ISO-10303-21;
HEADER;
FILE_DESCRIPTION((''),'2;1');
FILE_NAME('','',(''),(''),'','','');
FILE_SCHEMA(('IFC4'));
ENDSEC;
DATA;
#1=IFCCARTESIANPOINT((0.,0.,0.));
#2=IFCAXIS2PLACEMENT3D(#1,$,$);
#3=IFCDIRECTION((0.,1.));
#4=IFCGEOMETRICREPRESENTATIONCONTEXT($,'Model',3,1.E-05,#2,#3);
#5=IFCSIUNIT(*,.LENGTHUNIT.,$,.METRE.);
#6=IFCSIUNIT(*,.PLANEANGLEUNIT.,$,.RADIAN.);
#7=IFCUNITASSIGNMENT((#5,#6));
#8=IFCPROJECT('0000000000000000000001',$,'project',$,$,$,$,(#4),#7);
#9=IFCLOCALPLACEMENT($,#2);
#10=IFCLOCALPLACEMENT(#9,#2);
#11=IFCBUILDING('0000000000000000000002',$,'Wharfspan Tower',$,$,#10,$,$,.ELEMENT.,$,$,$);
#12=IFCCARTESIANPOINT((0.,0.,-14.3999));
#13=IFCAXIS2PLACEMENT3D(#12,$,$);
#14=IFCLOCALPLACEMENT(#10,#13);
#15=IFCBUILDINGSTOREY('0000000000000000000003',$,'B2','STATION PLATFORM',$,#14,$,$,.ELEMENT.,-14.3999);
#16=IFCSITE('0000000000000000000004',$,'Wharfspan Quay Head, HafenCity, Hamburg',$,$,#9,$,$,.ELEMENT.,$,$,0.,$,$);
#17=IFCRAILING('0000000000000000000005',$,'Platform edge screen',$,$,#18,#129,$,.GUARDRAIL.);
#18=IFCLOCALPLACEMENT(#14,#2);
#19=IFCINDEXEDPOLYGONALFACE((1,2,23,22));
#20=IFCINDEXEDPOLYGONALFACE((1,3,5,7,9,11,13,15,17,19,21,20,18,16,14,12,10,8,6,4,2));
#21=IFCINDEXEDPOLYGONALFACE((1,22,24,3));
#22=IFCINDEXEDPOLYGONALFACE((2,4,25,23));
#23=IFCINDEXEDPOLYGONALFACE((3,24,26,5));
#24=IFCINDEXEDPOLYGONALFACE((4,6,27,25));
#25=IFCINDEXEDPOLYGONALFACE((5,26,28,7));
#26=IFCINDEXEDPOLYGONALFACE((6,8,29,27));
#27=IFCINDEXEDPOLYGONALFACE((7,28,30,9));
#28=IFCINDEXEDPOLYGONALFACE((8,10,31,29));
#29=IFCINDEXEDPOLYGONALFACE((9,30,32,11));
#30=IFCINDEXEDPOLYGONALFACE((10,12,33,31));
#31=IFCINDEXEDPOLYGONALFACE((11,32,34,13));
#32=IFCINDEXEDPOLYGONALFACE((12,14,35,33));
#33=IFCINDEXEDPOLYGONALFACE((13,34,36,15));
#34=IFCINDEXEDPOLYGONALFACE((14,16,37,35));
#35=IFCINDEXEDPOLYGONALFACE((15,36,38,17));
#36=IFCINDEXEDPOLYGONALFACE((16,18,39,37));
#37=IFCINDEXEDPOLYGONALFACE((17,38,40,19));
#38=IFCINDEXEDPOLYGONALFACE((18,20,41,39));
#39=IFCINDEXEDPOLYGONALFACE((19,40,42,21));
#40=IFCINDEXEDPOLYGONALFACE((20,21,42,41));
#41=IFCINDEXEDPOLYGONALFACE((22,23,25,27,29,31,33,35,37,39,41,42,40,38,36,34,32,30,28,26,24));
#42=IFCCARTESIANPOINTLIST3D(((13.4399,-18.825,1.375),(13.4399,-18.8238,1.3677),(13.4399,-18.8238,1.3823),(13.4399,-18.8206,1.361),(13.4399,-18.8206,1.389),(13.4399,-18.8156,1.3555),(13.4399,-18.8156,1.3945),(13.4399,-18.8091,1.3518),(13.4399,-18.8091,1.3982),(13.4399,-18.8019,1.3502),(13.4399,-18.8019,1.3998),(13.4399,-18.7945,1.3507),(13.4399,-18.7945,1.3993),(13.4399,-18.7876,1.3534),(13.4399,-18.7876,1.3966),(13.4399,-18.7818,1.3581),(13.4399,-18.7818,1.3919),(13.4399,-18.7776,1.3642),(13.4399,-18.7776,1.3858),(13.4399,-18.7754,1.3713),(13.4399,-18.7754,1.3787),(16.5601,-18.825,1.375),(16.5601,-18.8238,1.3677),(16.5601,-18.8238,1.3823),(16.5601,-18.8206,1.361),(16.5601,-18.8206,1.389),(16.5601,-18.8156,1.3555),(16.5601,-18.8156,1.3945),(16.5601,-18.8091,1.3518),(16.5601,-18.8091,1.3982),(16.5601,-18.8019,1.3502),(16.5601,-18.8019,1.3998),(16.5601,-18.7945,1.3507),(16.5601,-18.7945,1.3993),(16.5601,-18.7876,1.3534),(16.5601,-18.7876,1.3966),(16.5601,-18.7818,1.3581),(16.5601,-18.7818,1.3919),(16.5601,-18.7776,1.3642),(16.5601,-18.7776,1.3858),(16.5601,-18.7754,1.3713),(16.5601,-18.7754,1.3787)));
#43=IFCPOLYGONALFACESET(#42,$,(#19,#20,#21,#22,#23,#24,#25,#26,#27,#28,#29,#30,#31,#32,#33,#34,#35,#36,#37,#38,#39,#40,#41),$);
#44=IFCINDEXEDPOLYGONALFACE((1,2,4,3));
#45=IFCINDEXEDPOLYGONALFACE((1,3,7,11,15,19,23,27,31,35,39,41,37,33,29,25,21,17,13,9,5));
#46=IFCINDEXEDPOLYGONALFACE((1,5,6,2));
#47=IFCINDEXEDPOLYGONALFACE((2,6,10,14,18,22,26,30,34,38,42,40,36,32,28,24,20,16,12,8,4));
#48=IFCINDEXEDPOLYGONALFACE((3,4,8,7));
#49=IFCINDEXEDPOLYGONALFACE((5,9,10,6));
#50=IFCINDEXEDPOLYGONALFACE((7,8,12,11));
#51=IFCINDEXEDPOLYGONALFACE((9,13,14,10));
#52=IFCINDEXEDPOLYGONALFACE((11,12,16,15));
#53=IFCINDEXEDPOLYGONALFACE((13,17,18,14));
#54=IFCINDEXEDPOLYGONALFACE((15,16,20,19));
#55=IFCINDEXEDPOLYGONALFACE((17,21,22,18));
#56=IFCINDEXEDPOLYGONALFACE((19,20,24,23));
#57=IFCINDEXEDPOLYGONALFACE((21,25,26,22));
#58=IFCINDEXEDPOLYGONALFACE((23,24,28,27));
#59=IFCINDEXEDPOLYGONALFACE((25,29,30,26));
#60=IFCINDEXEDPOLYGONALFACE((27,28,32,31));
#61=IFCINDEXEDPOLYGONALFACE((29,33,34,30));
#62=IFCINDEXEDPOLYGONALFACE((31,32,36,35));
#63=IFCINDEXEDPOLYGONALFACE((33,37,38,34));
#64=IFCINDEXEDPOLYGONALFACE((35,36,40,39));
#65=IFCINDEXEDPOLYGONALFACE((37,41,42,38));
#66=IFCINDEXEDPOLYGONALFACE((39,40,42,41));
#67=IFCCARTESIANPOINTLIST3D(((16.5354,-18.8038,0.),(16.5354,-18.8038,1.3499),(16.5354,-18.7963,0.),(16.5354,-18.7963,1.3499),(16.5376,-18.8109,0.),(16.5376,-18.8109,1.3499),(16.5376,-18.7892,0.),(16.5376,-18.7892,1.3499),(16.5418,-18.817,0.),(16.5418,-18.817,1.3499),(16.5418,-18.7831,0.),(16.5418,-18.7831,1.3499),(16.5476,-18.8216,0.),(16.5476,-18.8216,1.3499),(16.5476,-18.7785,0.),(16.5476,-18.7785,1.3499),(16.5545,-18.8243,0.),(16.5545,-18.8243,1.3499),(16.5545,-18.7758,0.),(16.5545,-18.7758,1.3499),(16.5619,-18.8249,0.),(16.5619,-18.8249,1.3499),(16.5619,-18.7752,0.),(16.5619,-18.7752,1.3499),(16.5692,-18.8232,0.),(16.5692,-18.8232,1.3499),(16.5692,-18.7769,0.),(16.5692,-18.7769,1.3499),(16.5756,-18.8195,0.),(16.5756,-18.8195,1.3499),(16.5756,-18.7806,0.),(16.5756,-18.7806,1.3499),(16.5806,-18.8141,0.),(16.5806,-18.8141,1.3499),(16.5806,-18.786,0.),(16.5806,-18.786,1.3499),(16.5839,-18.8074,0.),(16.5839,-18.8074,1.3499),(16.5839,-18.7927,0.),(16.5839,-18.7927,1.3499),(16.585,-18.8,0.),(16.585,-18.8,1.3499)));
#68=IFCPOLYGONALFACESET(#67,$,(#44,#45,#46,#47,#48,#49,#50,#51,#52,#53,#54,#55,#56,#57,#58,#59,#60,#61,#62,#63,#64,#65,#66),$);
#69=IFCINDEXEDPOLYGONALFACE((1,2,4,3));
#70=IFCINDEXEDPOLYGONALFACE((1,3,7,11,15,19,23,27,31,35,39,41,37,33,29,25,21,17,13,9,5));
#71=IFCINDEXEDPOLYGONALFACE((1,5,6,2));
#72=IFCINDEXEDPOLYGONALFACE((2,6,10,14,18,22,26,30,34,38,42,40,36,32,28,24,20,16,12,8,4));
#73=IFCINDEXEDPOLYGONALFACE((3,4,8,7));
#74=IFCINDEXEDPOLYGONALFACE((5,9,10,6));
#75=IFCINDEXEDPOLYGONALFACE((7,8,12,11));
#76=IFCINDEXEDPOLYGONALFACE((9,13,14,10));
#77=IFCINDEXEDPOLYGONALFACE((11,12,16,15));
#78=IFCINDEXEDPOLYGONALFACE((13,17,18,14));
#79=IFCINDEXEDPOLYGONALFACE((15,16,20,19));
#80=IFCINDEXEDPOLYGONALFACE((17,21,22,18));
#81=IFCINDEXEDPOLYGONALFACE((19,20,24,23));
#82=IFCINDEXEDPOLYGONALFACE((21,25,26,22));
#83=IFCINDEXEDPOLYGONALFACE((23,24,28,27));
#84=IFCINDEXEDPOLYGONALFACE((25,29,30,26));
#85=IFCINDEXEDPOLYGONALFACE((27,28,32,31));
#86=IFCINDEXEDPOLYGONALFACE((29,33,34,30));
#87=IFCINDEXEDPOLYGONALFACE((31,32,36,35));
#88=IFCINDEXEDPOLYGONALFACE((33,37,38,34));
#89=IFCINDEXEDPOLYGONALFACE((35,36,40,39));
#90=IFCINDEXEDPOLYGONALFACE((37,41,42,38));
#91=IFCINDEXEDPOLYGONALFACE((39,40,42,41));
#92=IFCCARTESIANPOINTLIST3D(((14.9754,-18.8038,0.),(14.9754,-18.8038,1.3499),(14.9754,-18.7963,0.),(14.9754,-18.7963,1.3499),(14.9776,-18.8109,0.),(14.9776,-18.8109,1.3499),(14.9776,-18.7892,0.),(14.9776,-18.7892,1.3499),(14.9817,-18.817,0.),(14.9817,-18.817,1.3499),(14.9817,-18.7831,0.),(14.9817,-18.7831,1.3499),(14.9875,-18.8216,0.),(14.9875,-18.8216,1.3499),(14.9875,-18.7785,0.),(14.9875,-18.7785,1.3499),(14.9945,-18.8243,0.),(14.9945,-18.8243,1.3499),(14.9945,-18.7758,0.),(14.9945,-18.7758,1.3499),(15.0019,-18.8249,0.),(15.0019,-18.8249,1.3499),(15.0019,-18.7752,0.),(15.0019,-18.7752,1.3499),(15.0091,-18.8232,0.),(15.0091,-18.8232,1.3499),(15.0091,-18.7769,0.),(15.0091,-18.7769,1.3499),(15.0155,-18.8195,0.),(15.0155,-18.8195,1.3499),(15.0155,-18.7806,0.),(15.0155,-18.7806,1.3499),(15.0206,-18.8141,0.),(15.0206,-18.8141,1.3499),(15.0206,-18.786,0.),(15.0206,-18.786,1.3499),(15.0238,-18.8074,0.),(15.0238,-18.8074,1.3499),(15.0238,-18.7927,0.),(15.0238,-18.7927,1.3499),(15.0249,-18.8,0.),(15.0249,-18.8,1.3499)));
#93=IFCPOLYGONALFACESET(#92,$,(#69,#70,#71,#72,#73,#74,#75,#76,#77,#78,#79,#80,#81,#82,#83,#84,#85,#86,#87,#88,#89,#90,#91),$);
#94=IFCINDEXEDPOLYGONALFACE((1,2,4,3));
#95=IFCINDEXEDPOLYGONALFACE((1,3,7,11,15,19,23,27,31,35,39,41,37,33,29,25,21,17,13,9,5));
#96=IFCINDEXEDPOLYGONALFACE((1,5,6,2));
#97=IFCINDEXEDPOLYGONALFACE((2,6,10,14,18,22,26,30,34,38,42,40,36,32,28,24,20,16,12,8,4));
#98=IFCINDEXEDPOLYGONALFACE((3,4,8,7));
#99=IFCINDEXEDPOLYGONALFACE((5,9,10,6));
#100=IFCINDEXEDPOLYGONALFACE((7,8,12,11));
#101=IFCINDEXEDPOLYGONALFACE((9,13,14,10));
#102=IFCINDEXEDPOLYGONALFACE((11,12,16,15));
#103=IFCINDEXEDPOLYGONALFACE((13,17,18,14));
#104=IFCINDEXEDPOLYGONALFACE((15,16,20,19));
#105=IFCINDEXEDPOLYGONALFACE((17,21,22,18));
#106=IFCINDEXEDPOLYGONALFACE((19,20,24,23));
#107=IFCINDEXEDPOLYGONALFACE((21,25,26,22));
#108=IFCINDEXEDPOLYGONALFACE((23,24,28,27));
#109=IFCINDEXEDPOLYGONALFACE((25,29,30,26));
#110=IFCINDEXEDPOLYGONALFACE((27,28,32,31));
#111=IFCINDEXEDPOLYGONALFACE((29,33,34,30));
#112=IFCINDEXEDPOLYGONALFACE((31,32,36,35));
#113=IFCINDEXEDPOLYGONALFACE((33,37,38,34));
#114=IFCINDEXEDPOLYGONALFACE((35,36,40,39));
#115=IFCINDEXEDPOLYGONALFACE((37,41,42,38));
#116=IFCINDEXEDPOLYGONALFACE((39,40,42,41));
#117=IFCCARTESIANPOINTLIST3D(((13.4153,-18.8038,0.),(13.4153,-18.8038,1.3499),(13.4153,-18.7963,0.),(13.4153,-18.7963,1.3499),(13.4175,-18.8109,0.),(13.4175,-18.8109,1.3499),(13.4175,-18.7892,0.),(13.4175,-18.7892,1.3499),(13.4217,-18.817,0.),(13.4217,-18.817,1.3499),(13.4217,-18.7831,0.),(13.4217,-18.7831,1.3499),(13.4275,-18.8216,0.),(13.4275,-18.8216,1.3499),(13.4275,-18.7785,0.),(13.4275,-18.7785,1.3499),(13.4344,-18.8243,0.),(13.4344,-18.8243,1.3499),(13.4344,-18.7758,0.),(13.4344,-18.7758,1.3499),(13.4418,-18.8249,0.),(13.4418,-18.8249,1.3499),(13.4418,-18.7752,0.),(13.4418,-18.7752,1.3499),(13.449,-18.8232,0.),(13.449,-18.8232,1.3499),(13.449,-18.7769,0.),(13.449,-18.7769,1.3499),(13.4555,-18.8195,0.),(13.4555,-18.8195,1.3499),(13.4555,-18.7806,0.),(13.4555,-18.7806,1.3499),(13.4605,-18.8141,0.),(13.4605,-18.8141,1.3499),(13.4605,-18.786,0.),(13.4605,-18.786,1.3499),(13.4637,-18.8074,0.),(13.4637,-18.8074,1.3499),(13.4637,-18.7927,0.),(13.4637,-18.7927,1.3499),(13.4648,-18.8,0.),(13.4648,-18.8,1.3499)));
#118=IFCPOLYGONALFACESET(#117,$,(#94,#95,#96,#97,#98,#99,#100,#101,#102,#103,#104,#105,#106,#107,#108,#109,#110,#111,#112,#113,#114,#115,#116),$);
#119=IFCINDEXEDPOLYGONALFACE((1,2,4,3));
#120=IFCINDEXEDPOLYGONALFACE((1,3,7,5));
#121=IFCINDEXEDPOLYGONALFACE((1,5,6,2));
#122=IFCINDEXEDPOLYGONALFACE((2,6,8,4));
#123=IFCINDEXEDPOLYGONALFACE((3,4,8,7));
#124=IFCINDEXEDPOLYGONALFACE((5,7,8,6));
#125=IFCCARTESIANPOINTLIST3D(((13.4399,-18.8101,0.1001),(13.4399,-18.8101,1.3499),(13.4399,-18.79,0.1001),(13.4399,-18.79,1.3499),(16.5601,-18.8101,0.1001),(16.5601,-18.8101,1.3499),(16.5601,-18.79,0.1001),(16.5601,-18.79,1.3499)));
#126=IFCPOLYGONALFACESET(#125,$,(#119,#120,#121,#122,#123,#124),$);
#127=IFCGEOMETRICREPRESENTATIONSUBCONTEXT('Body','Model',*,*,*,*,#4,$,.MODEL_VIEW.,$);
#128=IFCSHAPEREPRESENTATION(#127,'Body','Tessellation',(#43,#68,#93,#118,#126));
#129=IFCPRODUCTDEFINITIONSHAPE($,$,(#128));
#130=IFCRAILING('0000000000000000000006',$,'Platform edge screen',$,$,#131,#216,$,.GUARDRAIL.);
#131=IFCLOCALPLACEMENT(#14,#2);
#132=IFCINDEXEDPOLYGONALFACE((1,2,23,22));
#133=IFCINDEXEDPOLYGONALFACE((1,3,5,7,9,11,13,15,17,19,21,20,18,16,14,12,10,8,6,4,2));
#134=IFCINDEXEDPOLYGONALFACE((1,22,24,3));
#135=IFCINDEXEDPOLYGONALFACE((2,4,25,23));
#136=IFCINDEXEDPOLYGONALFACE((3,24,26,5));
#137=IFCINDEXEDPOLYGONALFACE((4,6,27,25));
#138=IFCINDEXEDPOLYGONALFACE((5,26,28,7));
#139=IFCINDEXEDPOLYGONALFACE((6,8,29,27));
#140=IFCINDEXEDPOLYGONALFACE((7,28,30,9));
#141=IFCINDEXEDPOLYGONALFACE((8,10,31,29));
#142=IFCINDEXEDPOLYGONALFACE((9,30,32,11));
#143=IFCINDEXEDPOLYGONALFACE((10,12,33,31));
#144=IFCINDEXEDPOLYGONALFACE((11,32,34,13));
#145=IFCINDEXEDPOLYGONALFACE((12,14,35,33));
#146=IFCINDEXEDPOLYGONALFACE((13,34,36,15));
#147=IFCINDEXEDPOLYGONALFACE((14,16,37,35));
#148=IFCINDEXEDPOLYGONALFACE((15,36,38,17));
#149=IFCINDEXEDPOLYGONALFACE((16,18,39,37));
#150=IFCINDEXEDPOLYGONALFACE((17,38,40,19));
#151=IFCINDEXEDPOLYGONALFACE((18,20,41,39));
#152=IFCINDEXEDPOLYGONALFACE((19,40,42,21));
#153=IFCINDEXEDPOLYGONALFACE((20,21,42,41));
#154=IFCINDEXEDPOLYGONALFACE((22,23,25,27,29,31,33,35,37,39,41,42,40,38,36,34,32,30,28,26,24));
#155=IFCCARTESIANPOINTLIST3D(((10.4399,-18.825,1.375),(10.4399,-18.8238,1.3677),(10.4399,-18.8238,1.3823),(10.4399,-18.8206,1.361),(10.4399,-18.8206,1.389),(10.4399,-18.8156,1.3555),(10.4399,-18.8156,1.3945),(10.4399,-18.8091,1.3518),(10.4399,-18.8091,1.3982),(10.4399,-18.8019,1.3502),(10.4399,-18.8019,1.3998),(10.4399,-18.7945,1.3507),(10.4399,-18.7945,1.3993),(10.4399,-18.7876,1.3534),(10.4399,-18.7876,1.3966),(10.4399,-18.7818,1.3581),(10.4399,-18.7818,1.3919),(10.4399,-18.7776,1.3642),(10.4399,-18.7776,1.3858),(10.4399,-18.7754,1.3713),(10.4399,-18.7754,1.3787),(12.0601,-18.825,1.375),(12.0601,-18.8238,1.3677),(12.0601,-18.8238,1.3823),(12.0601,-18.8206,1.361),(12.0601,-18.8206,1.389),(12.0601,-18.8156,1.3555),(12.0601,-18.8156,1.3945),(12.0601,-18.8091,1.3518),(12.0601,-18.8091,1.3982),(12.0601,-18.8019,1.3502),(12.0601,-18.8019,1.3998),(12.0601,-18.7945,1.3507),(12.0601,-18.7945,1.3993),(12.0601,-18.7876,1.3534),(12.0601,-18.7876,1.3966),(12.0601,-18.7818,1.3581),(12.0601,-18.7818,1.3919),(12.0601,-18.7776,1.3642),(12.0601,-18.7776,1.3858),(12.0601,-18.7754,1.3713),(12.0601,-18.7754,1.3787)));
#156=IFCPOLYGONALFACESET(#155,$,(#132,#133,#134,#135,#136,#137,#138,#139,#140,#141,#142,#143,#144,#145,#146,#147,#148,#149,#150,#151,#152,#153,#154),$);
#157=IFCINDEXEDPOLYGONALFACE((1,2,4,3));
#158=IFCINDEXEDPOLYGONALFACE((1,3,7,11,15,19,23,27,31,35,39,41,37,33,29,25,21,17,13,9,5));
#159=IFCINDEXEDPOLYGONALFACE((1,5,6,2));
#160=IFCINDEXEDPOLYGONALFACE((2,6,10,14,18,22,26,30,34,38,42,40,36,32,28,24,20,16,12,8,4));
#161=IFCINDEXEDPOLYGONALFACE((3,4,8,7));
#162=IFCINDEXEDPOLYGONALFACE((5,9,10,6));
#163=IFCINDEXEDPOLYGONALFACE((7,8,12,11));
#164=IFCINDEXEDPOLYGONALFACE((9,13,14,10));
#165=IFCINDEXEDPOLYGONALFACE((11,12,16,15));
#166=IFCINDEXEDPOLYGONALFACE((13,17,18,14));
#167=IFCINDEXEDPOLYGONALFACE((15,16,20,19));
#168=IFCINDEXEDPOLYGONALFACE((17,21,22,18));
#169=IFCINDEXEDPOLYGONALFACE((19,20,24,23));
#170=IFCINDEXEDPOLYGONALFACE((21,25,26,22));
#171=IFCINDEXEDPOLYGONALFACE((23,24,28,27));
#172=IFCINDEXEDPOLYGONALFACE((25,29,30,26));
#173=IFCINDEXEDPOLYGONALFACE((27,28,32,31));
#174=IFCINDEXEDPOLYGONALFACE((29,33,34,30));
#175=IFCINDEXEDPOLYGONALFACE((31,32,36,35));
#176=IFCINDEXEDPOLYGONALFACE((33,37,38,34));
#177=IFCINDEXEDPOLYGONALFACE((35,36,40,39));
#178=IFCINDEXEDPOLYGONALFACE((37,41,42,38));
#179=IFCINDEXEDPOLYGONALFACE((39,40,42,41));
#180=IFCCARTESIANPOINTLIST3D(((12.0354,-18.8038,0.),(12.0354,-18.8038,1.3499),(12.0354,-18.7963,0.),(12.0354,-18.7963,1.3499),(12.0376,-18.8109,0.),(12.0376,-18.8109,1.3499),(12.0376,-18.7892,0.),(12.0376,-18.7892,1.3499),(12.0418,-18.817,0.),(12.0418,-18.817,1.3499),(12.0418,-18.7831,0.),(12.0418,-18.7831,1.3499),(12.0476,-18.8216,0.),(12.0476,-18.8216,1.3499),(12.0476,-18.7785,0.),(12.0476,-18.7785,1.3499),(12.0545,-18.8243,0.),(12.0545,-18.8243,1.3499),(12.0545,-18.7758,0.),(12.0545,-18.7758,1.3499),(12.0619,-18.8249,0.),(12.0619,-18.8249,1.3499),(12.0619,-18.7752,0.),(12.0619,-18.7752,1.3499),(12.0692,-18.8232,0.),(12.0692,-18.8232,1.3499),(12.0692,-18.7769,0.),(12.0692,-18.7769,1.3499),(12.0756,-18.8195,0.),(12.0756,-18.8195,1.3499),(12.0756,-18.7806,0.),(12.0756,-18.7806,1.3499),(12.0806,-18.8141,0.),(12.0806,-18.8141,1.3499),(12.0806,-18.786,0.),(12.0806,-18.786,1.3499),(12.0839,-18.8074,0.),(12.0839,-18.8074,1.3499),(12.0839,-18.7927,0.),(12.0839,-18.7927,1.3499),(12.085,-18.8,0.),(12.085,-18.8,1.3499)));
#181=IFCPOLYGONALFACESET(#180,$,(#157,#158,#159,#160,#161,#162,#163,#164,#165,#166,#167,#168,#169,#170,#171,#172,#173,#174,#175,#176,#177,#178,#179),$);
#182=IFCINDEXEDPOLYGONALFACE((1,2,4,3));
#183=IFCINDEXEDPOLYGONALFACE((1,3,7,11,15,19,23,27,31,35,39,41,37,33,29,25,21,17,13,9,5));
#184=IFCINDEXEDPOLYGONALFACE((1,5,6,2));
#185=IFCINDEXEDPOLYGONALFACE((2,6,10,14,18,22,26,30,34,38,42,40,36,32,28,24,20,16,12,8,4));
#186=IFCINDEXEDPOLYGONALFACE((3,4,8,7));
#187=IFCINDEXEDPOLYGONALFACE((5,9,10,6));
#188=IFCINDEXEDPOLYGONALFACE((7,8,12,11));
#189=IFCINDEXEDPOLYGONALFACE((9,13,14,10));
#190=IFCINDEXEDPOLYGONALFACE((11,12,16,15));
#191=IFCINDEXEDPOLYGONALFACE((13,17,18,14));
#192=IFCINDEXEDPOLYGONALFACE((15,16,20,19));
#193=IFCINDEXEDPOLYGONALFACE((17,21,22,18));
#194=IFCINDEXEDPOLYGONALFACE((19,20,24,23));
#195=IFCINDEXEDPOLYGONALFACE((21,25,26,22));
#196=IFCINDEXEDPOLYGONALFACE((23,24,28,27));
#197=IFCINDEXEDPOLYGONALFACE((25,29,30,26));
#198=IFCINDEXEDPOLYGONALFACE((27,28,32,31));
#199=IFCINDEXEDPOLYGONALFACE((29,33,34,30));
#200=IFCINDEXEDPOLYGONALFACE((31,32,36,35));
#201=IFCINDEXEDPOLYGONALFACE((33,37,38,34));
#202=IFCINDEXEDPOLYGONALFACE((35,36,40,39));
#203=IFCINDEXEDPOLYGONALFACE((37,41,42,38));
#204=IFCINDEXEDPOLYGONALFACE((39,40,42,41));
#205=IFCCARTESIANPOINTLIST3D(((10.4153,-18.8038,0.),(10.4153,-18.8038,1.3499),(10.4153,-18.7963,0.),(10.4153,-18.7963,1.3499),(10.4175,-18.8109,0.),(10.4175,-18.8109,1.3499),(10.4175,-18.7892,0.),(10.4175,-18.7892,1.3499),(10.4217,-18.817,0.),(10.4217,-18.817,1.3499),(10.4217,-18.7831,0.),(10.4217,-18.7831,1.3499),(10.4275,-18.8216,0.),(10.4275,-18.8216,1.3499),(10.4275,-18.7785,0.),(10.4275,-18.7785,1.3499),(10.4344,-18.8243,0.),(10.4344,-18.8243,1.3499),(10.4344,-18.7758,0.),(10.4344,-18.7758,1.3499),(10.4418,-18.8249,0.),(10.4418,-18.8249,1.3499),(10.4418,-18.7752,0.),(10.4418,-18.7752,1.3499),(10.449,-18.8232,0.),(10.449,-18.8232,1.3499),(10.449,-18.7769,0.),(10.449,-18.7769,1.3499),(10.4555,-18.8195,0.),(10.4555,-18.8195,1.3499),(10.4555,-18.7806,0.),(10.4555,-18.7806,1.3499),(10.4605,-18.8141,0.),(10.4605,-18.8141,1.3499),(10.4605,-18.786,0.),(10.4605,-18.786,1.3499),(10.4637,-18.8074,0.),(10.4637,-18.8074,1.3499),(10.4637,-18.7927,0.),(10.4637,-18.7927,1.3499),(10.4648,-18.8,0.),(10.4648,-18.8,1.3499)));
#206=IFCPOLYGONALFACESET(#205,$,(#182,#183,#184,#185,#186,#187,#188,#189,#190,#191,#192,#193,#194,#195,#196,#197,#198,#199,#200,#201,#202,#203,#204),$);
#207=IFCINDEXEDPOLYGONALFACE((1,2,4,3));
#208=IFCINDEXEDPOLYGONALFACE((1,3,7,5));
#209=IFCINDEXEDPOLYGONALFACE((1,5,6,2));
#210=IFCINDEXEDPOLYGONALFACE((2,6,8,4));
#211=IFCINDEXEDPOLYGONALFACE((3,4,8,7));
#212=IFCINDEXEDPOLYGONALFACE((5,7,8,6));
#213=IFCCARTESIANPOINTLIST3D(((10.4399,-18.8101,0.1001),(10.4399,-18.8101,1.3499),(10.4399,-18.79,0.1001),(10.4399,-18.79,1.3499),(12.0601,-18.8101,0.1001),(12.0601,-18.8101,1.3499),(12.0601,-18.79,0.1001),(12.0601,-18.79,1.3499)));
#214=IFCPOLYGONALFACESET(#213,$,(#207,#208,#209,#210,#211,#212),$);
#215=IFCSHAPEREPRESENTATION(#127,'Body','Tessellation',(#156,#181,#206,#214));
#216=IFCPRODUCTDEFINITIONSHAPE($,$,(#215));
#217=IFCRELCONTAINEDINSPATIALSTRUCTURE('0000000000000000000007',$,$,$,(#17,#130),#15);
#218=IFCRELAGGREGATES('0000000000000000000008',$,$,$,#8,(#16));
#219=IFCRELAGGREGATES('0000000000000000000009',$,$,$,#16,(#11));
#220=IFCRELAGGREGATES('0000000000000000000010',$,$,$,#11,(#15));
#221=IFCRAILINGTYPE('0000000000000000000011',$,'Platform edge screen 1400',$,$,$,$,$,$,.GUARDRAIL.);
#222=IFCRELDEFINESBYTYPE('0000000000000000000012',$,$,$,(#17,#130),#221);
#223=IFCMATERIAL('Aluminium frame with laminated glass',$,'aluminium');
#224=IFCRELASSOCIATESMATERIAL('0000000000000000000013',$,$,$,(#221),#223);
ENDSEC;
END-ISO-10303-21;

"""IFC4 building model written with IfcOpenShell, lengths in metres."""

from ifc_helpers import new_model, si_unit, direction, frame, origin, origin_2d, place, context, subcontext, project, spatial, rectangle, circle, extrude, material, type_object, element, save


model = new_model("IFC4")

# Units and contexts
model_context = context("Model", 3, precision=1e-05, world=origin(), true_north=direction((0.0, 1.0)))
body_context = subcontext(model_context, "Body", "Model", "MODEL_VIEW")
ifc_project = project(units=[si_unit("LENGTHUNIT", "METRE"), si_unit("PLANEANGLEUNIT", "RADIAN")], contexts=[model_context])

# Site, building, storey
site_placement = place(None, origin())
site = spatial("IfcSite", under=ifc_project, at=site_placement, Name="Wharfspan Quay Head, HafenCity, Hamburg", CompositionType="ELEMENT", RefElevation=0.0)
building_placement = place(site_placement, origin())
building = spatial("IfcBuilding", under=site, at=building_placement, Name="Wharfspan Tower", CompositionType="ELEMENT")
storey_placement = place(building_placement, frame((0.0, 0.0, -14.3999)))
storey = spatial("IfcBuildingStorey", under=building, at=storey_placement, Name="B2", Description="STATION PLATFORM", CompositionType="ELEMENT", Elevation=-14.3999)

# Railings
ifc_material_1 = material(Name="Aluminium frame with laminated glass", Category="aluminium")
railing_type_1 = type_object("IfcRailingType", Name="Platform edge screen 1400", PredefinedType="GUARDRAIL", material=ifc_material_1)
railing_1_placement = place(storey_placement, frame((16.5601, -18.8, 0.0)))
element("IfcRailing", 1, at=railing_1_placement, inside=storey, type_object=railing_type_1, Name="Platform edge screen", PredefinedType="GUARDRAIL", context=body_context, shape_type="SweptSolid", body=[
    extrude(circle(Radius=0.0249, at=origin_2d()), frame((0.0, 0.0, 1.375), z_axis=(-1.0, 0.0, 0.0), x_axis=(0.0, -1.0, 0.0)), (0.0, 0.0, 1.0), 3.1201),
    extrude(circle(Radius=0.0249, at=origin_2d()), origin(), (0.0, 0.0, 1.0), 1.3499),
    extrude(circle(Radius=0.0249, at=origin_2d()), frame((-1.5601, 0.0, 0.0)), (0.0, 0.0, 1.0), 1.3499),
    extrude(circle(Radius=0.0249, at=origin_2d()), frame((-3.1201, 0.0, 0.0)), (0.0, 0.0, 1.0), 1.3499),
    extrude(rectangle(XDim=3.1201, YDim=0.02, at=origin_2d()), frame((-1.5601, 0.0, 0.1001), z_axis=(0.0, 0.0, 1.0), x_axis=(-1.0, 0.0, 0.0)), (0.0, 0.0, 1.0), 1.2498),
])
railing_2_placement = place(storey_placement, frame((12.0601, -18.8, 0.0)))
element("IfcRailing", 2, at=railing_2_placement, inside=storey, type_object=railing_type_1, Name="Platform edge screen", PredefinedType="GUARDRAIL", context=body_context, shape_type="SweptSolid", body=[
    extrude(circle(Radius=0.0249, at=origin_2d()), frame((0.0, 0.0, 1.375), z_axis=(-1.0, 0.0, 0.0), x_axis=(0.0, -1.0, 0.0)), (0.0, 0.0, 1.0), 1.6201),
    extrude(circle(Radius=0.0249, at=origin_2d()), origin(), (0.0, 0.0, 1.0), 1.3499),
    extrude(circle(Radius=0.0249, at=origin_2d()), frame((-1.6201, 0.0, 0.0)), (0.0, 0.0, 1.0), 1.3499),
    extrude(rectangle(XDim=1.6201, YDim=0.02, at=origin_2d()), frame((-0.8101, 0.0, 0.1001), z_axis=(0.0, 0.0, 1.0), x_axis=(-1.0, 0.0, 0.0)), (0.0, 0.0, 1.0), 1.2498),
])

save(model, "model.ifc")
